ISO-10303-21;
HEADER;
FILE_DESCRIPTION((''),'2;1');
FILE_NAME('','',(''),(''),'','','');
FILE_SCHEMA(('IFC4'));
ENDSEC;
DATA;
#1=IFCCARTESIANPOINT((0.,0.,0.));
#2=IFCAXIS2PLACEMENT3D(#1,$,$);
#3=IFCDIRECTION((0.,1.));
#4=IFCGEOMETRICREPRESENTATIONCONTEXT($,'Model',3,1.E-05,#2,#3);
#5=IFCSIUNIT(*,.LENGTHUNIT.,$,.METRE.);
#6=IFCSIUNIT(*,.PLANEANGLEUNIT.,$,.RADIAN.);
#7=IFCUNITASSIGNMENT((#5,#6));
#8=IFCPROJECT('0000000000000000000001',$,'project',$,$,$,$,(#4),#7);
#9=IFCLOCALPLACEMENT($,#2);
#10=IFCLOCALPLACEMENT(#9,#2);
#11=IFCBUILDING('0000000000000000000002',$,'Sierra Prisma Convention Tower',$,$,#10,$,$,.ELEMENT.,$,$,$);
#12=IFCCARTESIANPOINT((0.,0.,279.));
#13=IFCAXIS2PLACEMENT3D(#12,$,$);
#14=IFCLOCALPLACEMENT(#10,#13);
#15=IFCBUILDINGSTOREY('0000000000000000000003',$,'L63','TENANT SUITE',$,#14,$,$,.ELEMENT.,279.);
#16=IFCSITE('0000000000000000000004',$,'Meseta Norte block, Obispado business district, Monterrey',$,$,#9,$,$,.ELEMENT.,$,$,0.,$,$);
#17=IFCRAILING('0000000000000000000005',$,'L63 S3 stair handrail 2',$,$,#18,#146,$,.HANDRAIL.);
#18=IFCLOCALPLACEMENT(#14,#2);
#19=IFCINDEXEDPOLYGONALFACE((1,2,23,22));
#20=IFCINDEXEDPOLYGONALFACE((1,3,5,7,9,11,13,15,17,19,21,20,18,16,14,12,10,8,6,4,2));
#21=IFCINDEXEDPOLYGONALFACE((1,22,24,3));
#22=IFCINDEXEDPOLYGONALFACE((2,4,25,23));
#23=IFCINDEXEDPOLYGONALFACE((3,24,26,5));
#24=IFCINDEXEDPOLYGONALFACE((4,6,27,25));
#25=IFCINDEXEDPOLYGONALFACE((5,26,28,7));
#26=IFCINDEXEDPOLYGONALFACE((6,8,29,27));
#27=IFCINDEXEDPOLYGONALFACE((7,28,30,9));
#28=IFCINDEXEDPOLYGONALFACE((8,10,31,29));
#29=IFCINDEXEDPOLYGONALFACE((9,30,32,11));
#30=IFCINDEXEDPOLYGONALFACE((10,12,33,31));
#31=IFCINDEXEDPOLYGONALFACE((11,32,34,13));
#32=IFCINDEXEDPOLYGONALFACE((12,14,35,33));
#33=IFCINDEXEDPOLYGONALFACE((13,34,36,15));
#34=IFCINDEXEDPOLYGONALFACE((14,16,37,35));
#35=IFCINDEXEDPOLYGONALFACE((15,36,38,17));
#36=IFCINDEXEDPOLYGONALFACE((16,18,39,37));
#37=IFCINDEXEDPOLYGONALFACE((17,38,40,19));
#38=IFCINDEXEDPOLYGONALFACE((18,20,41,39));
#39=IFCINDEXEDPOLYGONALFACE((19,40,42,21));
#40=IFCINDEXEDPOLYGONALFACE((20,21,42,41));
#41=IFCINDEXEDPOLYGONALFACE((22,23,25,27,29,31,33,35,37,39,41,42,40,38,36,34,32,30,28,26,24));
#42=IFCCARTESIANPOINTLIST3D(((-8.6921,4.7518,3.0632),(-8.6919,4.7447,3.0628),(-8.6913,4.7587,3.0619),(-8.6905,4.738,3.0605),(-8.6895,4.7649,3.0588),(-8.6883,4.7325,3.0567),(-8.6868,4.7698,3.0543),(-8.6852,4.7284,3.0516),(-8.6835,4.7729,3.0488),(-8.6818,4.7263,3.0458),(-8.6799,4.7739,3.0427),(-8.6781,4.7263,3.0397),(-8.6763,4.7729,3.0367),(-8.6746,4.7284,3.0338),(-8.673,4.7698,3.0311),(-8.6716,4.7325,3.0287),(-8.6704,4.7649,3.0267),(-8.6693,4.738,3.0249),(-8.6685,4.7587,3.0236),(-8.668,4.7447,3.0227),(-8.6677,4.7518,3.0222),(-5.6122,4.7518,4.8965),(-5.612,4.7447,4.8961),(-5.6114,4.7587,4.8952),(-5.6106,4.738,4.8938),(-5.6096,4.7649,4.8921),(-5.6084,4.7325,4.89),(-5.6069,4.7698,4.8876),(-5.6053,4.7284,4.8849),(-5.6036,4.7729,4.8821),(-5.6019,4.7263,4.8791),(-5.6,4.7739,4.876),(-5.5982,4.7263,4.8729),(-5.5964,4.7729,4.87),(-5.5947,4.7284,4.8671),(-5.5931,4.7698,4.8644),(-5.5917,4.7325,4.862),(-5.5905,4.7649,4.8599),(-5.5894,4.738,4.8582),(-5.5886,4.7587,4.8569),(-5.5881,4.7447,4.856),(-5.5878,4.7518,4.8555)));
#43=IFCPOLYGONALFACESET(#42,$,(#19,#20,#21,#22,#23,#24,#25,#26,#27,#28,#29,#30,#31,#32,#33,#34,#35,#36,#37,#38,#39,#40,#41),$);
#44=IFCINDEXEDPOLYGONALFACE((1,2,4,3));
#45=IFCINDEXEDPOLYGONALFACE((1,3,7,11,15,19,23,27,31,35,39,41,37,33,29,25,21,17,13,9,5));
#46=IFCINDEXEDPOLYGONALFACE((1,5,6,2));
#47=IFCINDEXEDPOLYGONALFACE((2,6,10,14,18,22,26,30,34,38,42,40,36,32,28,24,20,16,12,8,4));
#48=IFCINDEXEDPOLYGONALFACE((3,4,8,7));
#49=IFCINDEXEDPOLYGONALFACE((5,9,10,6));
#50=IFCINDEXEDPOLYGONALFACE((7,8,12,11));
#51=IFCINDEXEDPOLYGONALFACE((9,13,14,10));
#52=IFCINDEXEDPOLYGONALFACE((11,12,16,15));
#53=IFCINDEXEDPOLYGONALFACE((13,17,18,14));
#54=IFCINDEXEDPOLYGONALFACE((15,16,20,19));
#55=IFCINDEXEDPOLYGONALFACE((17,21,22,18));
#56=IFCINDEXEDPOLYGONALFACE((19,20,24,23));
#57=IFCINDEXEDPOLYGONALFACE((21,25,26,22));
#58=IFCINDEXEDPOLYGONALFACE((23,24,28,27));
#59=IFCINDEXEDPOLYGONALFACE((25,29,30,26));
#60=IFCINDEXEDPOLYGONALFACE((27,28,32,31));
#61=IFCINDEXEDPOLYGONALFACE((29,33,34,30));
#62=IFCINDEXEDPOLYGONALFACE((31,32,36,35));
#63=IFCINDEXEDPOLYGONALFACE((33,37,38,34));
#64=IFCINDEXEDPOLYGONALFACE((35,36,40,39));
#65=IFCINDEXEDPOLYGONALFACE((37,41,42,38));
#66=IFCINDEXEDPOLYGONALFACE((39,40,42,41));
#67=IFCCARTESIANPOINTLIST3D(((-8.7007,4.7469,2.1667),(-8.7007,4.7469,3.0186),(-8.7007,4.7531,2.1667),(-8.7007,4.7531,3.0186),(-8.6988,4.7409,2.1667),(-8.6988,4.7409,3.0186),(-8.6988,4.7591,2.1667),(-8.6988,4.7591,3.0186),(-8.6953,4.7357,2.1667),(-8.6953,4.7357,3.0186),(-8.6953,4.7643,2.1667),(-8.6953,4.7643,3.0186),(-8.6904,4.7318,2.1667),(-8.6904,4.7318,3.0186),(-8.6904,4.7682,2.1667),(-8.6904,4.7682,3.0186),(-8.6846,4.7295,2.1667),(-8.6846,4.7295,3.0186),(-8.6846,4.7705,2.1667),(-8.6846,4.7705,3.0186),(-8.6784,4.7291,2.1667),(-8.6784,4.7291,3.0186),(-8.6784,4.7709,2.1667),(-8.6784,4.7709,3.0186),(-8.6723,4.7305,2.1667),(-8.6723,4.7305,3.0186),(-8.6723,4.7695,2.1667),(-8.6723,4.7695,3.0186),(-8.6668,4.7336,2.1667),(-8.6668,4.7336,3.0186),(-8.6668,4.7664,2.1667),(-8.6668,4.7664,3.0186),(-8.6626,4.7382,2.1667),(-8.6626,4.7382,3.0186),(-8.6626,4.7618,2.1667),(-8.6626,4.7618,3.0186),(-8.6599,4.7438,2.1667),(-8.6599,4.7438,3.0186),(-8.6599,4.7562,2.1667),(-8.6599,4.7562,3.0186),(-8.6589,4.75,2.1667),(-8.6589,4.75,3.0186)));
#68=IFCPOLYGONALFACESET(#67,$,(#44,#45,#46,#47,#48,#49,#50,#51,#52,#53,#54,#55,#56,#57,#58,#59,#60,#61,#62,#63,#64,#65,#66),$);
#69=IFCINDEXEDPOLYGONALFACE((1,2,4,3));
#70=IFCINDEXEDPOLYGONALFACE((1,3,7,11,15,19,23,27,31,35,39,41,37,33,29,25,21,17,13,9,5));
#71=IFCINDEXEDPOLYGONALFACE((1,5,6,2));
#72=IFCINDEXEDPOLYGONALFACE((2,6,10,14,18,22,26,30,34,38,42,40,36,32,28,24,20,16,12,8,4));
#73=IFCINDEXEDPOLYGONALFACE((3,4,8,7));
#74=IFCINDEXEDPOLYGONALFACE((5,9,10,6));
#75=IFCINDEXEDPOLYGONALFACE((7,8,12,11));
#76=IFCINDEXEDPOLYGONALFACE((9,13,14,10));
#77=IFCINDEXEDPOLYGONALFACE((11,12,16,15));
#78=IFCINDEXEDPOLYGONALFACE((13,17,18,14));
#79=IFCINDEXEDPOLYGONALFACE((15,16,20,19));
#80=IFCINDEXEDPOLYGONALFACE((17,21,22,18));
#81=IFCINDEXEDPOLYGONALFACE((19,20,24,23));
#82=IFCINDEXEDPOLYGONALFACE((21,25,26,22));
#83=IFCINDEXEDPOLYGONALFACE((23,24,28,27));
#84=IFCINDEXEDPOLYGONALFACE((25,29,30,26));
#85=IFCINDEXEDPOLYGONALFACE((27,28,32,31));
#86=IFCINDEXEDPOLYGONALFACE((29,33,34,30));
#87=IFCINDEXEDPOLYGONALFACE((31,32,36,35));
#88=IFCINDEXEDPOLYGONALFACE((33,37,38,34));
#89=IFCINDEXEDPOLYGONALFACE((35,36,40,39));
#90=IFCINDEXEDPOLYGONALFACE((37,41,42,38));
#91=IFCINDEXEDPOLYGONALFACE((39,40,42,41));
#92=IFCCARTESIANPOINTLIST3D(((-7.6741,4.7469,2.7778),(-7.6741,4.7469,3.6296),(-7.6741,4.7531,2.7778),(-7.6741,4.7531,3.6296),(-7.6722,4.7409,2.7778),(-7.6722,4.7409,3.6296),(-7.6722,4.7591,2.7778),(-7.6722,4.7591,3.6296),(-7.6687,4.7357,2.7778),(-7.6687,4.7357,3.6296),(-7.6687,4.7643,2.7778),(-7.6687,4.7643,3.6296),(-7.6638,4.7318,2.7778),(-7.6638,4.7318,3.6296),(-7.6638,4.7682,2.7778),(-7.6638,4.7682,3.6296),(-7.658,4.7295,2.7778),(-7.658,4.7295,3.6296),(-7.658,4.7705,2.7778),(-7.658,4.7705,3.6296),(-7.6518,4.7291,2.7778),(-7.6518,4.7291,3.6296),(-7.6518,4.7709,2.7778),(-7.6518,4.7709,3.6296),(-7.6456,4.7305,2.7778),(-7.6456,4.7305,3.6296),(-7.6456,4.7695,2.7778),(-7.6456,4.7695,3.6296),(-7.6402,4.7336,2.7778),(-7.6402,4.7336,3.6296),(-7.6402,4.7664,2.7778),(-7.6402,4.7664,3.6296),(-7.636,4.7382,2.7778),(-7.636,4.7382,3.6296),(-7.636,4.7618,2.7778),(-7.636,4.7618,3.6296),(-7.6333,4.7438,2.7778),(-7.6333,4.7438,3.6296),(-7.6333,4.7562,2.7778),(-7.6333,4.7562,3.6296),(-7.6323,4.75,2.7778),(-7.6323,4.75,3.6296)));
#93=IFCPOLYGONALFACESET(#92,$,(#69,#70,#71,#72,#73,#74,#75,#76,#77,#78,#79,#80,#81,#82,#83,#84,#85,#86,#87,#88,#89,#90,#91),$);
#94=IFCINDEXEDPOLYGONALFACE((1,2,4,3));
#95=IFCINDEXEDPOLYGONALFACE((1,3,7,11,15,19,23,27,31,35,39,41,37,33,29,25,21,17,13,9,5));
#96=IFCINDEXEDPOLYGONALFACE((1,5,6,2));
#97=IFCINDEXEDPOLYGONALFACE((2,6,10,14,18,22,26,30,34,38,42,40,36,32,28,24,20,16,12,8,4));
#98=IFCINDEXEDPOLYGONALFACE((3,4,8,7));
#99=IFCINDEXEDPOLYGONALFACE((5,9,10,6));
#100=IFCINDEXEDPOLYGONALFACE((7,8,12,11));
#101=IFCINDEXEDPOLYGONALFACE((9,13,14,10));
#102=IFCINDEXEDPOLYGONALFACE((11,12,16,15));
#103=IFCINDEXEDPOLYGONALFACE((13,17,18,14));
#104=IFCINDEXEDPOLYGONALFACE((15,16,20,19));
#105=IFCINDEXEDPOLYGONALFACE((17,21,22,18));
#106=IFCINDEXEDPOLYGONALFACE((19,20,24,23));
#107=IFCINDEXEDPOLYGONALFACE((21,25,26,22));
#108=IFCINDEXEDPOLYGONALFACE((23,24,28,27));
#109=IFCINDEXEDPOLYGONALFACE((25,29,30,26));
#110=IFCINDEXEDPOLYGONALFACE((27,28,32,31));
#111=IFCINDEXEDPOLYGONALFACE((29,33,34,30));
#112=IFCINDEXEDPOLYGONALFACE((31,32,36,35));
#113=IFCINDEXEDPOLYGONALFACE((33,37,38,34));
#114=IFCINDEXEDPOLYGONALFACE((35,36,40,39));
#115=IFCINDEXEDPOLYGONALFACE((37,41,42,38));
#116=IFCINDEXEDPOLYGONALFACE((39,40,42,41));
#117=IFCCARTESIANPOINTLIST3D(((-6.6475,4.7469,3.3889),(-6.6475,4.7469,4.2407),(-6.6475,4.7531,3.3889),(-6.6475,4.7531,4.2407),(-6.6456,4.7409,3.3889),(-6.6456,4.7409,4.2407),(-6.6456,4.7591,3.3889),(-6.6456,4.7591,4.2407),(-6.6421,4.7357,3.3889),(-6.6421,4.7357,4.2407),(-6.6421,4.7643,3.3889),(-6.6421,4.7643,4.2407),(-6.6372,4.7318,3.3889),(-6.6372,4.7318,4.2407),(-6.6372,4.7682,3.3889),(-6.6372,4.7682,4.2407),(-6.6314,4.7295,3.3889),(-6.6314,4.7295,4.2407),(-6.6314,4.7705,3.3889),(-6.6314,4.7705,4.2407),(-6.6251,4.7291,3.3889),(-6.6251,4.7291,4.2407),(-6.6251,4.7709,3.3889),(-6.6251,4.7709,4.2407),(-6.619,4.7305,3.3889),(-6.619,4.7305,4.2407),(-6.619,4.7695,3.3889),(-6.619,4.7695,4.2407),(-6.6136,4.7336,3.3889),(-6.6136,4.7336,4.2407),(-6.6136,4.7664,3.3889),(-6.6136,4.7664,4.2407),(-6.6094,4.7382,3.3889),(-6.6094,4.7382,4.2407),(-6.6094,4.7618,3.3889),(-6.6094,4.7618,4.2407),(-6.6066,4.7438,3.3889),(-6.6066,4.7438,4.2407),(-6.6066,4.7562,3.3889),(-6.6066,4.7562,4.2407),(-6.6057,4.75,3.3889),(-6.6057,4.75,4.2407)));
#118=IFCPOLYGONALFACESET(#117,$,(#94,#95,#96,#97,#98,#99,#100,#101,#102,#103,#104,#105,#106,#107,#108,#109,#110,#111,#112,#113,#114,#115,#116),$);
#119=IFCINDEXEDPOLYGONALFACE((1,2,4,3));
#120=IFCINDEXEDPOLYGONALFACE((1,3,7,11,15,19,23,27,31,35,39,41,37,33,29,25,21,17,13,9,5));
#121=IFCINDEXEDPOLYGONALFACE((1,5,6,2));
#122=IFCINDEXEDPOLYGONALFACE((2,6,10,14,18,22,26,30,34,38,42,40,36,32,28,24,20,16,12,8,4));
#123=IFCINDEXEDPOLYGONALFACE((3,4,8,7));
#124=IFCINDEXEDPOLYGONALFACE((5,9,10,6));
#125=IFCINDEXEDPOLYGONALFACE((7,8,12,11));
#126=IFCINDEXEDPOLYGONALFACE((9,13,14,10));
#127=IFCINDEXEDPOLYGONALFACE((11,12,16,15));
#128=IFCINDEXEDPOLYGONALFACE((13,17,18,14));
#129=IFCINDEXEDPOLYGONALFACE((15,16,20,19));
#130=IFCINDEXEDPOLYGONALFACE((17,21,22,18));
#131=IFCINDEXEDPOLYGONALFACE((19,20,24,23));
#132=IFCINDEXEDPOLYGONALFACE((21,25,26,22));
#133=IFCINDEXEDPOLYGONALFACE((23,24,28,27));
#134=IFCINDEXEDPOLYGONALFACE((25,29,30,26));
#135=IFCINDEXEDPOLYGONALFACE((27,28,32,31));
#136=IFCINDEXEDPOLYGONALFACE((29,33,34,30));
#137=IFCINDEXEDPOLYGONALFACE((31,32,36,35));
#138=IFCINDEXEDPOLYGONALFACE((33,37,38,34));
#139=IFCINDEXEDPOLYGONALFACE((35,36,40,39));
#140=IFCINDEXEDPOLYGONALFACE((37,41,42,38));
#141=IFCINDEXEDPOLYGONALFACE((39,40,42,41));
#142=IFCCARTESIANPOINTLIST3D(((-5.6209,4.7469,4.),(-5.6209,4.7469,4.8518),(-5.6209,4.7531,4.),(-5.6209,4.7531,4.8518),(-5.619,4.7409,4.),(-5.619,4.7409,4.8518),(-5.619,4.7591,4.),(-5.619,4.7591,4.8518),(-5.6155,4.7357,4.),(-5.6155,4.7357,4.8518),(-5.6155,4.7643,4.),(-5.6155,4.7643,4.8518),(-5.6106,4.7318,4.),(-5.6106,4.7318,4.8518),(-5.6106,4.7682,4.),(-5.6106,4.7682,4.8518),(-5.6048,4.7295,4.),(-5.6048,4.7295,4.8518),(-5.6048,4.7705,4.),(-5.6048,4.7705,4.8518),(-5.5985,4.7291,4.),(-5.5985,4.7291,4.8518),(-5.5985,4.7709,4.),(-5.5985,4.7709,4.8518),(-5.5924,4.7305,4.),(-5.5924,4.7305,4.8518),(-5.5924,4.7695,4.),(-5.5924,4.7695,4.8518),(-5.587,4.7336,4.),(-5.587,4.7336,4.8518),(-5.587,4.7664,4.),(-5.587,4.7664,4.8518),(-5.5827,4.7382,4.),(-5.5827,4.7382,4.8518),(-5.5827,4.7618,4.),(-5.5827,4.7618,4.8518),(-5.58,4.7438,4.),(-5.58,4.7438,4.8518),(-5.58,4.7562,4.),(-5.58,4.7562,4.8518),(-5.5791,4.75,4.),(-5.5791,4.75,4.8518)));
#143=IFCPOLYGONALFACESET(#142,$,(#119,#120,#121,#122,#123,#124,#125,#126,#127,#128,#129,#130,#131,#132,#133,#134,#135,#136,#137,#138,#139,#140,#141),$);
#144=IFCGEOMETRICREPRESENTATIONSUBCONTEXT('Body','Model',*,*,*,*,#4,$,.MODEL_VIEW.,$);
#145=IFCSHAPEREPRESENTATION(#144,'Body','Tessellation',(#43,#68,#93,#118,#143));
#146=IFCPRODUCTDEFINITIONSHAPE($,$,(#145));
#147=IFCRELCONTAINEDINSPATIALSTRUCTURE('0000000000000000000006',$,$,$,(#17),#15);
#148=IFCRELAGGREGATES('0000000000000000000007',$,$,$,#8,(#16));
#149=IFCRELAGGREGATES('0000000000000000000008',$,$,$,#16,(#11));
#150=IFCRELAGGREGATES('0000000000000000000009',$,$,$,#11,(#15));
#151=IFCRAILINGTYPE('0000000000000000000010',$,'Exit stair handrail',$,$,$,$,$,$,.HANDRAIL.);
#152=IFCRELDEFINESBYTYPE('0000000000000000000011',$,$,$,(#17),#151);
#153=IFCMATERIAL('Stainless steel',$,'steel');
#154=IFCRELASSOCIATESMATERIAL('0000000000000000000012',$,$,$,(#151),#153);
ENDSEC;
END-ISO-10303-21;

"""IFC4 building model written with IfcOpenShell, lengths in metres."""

from ifc_helpers import new_model, si_unit, direction, frame, origin, origin_2d, place, context, subcontext, project, spatial, circle, extrude, material, type_object, element, save


model = new_model("IFC4")

# Units and contexts
model_context = context("Model", 3, precision=1e-05, world=origin(), true_north=direction((0.0, 1.0)))
body_context = subcontext(model_context, "Body", "Model", "MODEL_VIEW")
ifc_project = project(units=[si_unit("LENGTHUNIT", "METRE"), si_unit("PLANEANGLEUNIT", "RADIAN")], contexts=[model_context])

# Site, building, storey
site_placement = place(None, origin())
site = spatial("IfcSite", under=ifc_project, at=site_placement, Name="Meseta Norte block, Obispado business district, Monterrey", CompositionType="ELEMENT", RefElevation=0.0)
building_placement = place(site_placement, origin())
building = spatial("IfcBuilding", under=site, at=building_placement, Name="Sierra Prisma Convention Tower", CompositionType="ELEMENT")
storey_placement = place(building_placement, frame((0.0, 0.0, 279.0)))
storey = spatial("IfcBuildingStorey", under=building, at=storey_placement, Name="L63", Description="TENANT SUITE", CompositionType="ELEMENT", Elevation=279.0)

# Railing
ifc_material_1 = material(Name="Stainless steel", Category="steel")
railing_type_1 = type_object("IfcRailingType", Name="Exit stair handrail", PredefinedType="HANDRAIL", material=ifc_material_1)
railing_1_placement = place(storey_placement, frame((-8.6799, 4.75, 2.1667)))
element("IfcRailing", 1, at=railing_1_placement, inside=storey, type_object=railing_type_1, Name="L63 S3 stair handrail 2", PredefinedType="HANDRAIL", context=body_context, shape_type="SweptSolid", body=[
    extrude(circle(Radius=0.0239, at=origin_2d()), frame((0.0, 0.0, 0.876), z_axis=(0.859291, 0.0, 0.511487), x_axis=(0.0, 1.0, 0.0)), (0.0, 0.0, 1.0), 3.5842),
    extrude(circle(Radius=0.021, at=origin_2d()), origin(), (0.0, 0.0, 1.0), 0.8518),
    extrude(circle(Radius=0.021, at=origin_2d()), frame((1.0266, 0.0, 0.6111)), (0.0, 0.0, 1.0), 0.8518),
    extrude(circle(Radius=0.021, at=origin_2d()), frame((2.0532, 0.0, 1.2222)), (0.0, 0.0, 1.0), 0.8518),
    extrude(circle(Radius=0.021, at=origin_2d()), frame((3.0798, 0.0, 1.8333)), (0.0, 0.0, 1.0), 0.8518),
])

save(model, "model.ifc")
